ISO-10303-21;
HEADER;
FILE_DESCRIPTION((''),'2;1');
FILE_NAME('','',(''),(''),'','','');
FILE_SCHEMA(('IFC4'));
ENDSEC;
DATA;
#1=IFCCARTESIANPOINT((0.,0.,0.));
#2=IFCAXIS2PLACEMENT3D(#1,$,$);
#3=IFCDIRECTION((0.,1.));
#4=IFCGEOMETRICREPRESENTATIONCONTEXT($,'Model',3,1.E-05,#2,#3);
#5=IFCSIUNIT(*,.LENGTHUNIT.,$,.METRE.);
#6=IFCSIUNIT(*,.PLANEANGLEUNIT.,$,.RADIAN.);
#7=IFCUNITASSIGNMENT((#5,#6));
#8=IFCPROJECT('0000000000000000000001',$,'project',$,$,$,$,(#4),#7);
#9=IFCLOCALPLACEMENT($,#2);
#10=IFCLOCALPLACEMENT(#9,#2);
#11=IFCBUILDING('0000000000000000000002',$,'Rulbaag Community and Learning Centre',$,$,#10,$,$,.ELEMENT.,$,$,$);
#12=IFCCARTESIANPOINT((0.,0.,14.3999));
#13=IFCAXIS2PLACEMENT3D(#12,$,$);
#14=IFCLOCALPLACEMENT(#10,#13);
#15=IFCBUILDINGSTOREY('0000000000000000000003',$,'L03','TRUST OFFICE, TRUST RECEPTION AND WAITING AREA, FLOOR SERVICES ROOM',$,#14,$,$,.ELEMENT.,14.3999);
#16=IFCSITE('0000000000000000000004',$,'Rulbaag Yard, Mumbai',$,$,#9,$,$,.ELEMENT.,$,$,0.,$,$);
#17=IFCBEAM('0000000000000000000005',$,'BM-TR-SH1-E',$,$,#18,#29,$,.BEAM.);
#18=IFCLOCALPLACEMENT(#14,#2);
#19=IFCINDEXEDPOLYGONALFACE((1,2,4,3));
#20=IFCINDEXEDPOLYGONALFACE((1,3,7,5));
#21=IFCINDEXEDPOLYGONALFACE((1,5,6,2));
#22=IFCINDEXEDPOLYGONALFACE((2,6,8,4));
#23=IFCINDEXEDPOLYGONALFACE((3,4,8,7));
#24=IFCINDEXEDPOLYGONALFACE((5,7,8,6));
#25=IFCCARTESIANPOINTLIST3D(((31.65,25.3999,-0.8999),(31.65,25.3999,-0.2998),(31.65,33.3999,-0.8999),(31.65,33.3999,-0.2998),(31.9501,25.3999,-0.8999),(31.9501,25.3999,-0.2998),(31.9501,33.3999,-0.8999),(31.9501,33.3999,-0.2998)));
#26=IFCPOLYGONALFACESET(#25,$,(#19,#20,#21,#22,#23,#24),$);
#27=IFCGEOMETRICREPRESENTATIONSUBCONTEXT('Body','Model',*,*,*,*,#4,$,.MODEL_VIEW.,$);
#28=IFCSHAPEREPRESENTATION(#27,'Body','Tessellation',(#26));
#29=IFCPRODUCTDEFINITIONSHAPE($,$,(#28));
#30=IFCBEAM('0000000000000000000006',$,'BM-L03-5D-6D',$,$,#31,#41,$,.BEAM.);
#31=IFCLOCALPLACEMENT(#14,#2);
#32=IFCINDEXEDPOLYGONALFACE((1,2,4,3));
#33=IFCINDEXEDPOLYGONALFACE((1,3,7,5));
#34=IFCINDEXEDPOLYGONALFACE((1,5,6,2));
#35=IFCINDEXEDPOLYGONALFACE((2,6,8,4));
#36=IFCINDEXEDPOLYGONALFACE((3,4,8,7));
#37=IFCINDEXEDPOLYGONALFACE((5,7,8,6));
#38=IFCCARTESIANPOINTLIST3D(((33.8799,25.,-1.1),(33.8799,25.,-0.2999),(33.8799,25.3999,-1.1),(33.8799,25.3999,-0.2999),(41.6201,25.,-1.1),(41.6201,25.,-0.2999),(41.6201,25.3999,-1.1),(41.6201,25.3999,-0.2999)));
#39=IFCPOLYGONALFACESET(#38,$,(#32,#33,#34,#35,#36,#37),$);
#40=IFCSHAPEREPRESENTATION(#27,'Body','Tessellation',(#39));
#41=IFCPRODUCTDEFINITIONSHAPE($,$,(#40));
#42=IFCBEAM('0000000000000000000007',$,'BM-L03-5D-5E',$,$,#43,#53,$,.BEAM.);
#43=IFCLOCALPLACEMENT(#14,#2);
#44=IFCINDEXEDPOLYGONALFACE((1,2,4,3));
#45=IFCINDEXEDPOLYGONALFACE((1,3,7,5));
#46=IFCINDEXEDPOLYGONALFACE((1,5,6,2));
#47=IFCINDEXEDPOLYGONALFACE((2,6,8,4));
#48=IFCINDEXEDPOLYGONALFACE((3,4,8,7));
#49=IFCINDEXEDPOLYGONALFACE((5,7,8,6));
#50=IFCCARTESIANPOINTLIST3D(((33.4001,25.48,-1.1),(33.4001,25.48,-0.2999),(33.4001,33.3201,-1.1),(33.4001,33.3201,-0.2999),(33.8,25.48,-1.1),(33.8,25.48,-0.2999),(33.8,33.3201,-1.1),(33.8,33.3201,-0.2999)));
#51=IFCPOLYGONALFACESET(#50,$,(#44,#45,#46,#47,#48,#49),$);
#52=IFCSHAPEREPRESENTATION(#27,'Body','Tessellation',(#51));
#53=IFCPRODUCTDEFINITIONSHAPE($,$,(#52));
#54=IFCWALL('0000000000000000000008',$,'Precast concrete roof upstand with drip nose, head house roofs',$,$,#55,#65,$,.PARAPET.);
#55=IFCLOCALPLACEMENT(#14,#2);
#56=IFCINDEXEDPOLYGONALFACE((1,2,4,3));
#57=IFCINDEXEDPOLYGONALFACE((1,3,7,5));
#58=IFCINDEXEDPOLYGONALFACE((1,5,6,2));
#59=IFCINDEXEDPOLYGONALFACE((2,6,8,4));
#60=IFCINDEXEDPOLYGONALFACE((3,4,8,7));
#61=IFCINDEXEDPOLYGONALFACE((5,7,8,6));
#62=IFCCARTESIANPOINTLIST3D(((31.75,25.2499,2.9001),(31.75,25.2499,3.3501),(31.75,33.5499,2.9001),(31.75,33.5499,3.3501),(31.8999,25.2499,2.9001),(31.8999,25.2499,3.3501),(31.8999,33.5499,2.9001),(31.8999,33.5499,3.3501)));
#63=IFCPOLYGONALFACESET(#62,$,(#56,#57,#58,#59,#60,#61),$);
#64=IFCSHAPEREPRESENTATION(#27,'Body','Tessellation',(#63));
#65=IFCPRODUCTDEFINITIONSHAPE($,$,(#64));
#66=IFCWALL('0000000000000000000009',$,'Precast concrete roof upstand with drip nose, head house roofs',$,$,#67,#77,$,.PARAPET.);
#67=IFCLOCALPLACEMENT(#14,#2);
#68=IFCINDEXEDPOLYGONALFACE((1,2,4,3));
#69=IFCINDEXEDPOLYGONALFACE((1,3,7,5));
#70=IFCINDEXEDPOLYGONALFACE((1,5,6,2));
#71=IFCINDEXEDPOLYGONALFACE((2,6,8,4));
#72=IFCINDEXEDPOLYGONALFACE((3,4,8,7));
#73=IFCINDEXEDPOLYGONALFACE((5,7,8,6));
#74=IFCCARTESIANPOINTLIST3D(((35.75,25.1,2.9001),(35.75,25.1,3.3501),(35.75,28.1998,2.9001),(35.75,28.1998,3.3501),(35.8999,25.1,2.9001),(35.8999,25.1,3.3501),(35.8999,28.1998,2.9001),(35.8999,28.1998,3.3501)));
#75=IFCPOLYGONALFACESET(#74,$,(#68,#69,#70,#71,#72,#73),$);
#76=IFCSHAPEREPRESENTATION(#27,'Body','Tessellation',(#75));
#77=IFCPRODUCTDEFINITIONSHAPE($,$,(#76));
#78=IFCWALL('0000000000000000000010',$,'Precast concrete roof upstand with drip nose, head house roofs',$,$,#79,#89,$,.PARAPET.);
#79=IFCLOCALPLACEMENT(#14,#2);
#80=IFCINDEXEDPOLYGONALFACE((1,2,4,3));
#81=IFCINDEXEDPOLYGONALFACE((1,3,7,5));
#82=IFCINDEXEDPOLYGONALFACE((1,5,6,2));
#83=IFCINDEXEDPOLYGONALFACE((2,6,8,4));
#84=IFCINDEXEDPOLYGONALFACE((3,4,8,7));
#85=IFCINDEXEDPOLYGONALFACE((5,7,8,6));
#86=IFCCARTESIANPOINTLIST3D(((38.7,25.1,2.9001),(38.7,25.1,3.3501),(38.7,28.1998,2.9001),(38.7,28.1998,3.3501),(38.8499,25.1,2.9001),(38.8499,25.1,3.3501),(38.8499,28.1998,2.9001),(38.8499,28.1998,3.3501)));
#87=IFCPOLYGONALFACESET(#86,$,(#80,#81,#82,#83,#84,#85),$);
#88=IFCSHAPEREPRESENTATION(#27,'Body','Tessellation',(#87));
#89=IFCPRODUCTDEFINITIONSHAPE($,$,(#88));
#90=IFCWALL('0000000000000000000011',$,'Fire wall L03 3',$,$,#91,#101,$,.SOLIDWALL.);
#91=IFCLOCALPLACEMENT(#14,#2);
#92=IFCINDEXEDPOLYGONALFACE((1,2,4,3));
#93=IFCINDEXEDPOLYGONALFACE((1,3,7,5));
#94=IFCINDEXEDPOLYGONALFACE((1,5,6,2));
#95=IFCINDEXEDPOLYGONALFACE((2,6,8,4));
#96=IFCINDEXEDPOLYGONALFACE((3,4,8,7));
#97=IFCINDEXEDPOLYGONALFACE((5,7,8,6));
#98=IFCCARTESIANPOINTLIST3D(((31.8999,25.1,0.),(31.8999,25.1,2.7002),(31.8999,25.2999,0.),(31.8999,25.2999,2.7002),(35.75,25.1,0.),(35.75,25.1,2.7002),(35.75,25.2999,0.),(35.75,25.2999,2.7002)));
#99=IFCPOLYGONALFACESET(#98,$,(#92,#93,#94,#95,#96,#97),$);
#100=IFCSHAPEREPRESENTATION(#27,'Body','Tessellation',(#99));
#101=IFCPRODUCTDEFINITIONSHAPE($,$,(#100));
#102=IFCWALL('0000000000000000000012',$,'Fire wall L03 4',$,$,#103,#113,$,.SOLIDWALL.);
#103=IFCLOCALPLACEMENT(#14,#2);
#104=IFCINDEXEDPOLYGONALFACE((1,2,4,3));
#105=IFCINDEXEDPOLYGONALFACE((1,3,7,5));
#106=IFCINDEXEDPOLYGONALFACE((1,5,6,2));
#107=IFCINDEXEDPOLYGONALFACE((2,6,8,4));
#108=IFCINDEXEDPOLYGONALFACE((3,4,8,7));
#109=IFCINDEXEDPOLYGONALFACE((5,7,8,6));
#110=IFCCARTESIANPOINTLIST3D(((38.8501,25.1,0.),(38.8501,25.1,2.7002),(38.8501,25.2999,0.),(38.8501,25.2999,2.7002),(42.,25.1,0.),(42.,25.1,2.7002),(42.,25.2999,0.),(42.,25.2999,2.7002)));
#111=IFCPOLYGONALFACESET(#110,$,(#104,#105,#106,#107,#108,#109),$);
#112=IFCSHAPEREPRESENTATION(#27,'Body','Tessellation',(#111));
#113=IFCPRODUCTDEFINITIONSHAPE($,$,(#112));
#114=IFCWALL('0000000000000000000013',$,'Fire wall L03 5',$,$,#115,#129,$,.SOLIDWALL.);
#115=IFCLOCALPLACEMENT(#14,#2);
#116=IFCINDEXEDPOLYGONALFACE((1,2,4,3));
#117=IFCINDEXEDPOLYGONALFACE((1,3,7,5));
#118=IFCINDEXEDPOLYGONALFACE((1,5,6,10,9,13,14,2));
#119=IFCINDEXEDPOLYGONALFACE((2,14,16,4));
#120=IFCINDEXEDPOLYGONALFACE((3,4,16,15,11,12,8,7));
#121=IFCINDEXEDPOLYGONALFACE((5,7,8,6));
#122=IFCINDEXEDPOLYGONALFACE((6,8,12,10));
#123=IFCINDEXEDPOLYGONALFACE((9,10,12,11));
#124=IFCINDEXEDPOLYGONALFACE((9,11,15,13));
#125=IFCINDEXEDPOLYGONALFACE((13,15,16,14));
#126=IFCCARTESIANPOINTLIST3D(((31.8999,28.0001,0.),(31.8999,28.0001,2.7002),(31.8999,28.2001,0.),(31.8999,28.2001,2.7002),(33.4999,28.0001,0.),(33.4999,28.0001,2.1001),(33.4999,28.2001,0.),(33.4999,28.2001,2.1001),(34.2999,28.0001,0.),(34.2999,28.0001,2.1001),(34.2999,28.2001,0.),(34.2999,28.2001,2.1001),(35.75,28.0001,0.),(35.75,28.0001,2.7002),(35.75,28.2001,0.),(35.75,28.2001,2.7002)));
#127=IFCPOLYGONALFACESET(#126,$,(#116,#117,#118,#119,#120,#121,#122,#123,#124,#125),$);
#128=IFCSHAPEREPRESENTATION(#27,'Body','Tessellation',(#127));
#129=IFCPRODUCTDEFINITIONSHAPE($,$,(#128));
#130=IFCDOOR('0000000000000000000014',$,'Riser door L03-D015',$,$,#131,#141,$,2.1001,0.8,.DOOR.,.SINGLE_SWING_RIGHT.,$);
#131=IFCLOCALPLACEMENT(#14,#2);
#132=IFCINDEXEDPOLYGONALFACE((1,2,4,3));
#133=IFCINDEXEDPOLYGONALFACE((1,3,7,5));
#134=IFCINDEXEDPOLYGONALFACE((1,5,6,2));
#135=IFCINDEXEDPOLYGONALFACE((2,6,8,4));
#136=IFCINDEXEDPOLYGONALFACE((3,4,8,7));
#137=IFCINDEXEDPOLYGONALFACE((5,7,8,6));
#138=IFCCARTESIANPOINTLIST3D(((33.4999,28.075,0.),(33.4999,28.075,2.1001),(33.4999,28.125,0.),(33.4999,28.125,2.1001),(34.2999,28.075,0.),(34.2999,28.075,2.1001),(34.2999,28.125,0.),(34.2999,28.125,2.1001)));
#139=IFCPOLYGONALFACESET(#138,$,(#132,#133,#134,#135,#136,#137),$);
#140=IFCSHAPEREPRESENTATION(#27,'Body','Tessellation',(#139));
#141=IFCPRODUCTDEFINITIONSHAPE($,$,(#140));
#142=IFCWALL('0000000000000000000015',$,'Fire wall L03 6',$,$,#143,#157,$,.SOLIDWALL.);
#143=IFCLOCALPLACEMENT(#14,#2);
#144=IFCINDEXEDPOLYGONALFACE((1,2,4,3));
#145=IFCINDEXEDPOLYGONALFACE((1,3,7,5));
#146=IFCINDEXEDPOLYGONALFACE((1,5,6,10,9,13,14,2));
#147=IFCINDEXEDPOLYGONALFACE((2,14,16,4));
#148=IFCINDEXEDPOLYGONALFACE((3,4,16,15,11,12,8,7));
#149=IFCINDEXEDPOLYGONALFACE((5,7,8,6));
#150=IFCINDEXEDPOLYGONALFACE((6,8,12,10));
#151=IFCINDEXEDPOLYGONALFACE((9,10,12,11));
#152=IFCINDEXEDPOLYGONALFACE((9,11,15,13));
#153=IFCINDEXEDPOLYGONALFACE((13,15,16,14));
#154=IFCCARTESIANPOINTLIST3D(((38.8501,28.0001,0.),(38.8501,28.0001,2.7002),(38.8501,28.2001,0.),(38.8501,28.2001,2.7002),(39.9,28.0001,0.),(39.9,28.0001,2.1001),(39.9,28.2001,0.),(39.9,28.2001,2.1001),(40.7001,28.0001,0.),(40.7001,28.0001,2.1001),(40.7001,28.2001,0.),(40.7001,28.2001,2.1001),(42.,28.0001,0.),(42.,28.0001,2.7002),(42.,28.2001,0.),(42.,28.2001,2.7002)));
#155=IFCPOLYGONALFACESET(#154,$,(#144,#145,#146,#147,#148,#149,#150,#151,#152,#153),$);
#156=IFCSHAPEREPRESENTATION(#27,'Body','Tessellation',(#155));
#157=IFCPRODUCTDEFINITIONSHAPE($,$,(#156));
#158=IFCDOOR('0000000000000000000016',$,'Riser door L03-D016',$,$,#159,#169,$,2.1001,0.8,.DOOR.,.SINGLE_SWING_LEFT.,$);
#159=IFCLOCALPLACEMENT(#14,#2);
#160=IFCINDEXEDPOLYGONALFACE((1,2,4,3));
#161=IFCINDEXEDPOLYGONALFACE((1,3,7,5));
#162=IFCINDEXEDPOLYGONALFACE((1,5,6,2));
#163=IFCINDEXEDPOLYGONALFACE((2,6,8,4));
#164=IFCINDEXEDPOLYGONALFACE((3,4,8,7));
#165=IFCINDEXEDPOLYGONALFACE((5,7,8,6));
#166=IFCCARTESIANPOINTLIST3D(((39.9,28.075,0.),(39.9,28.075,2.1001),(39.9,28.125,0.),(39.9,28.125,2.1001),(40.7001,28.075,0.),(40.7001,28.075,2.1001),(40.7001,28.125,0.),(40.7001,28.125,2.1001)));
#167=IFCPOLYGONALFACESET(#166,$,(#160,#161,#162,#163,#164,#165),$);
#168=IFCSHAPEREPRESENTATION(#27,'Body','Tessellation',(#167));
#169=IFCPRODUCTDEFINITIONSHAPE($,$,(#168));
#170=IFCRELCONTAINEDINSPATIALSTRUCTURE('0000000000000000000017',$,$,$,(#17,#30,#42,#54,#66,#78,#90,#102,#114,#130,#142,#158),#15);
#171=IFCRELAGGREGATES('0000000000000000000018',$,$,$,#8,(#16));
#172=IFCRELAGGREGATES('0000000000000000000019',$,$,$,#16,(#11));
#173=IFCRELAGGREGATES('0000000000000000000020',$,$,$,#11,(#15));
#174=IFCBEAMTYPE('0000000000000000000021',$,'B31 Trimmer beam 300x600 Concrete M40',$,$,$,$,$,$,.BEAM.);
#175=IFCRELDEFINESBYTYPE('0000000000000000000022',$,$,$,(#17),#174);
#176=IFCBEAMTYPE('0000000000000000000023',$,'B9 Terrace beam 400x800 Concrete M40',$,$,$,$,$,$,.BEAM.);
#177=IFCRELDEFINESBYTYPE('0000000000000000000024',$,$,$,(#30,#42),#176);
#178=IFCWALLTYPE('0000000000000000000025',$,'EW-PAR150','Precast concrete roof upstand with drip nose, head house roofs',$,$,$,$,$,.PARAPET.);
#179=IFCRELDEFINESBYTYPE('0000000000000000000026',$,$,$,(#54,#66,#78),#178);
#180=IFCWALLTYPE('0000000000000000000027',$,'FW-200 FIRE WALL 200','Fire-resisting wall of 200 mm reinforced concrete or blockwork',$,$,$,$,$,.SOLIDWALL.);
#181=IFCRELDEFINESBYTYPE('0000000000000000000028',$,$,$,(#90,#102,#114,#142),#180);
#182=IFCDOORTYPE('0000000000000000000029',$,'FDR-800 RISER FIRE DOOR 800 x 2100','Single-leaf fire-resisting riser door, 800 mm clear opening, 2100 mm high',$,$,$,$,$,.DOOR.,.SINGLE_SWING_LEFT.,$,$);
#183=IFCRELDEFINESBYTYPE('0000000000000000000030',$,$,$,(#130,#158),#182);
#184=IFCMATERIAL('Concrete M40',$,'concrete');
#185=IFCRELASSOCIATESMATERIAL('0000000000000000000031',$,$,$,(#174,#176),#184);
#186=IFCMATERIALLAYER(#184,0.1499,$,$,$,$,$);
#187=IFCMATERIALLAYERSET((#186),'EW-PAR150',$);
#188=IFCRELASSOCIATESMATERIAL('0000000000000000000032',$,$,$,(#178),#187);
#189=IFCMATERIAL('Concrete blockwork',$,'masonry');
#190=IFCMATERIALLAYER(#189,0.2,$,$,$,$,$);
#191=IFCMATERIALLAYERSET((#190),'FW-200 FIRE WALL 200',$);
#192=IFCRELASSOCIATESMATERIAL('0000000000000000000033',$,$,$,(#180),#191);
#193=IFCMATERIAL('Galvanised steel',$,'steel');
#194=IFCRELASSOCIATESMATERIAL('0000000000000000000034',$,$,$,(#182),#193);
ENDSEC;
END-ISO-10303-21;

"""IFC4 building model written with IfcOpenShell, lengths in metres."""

from ifc_helpers import new_model, si_unit, direction, frame, frame_2d, origin, origin_2d, place, context, subcontext, project, spatial, rectangle, extrude, material, layer, layer_set, material_profile, profile_set, type_object, element, fill, save


model = new_model("IFC4")

# Units and contexts
model_context = context("Model", 3, precision=1e-05, world=origin(), true_north=direction((0.0, 1.0)))
body_context = subcontext(model_context, "Body", "Model", "MODEL_VIEW")
ifc_project = project(units=[si_unit("LENGTHUNIT", "METRE"), si_unit("PLANEANGLEUNIT", "RADIAN")], contexts=[model_context])

# Site, building, storey
site_placement = place(None, origin())
site = spatial("IfcSite", under=ifc_project, at=site_placement, Name="Rulbaag Yard, Mumbai", CompositionType="ELEMENT", RefElevation=0.0)
building_placement = place(site_placement, origin())
building = spatial("IfcBuilding", under=site, at=building_placement, Name="Rulbaag Community and Learning Centre", CompositionType="ELEMENT")
storey_placement = place(building_placement, frame((0.0, 0.0, 14.3999)))
storey = spatial("IfcBuildingStorey", under=building, at=storey_placement, Name="L03", Description="TRUST OFFICE, TRUST RECEPTION AND WAITING AREA, FLOOR SERVICES ROOM", CompositionType="ELEMENT", Elevation=14.3999)

# Beams
ifc_material_1 = material(Name="Concrete M40", Category="concrete")
ifc_material_profile_1 = material_profile(ifc_material_1, rectangle(XDim=0.3, YDim=0.6001, at=origin_2d()), Name="RB300x600")
ifc_profile_set_1 = profile_set([ifc_material_profile_1], Name="Concrete M40")
beam_type_1 = type_object("IfcBeamType", Name="B31 Trimmer beam 300x600 Concrete M40", PredefinedType="BEAM", material=ifc_profile_set_1)
beam_1_placement = place(storey_placement, frame((31.8, 25.3999, -0.5999), z_axis=(0.0, 1.0, 0.0), x_axis=(-1.0, 0.0, 0.0)))
element("IfcBeam", 1, at=beam_1_placement, inside=storey, type_object=beam_type_1, Name="BM-TR-SH1-E", PredefinedType="BEAM", context=body_context, shape_type="SweptSolid", body=[
    extrude(rectangle(XDim=0.3, YDim=0.6001, at=origin_2d()), origin(), (0.0, 0.0, 1.0), 8.0),
])
ifc_material_profile_2 = material_profile(ifc_material_1, rectangle(XDim=0.3999, YDim=0.8, at=origin_2d()), Name="RB400x800")
ifc_profile_set_2 = profile_set([ifc_material_profile_2], Name="Concrete M40")
beam_type_2 = type_object("IfcBeamType", Name="B9 Terrace beam 400x800 Concrete M40", PredefinedType="BEAM", material=ifc_profile_set_2)
beam_2_placement = place(storey_placement, frame((33.8799, 25.2, -0.7), z_axis=(1.0, 0.0, 0.0), x_axis=(0.0, 1.0, 0.0)))
element("IfcBeam", 2, at=beam_2_placement, inside=storey, type_object=beam_type_2, Name="BM-L03-5D-6D", PredefinedType="BEAM", context=body_context, shape_type="SweptSolid", body=[
    extrude(rectangle(XDim=0.3999, YDim=0.8, at=origin_2d()), origin(), (0.0, 0.0, 1.0), 7.7402),
])
beam_3_placement = place(storey_placement, frame((33.6001, 25.48, -0.7), z_axis=(0.0, 1.0, 0.0), x_axis=(-1.0, 0.0, 0.0)))
element("IfcBeam", 3, at=beam_3_placement, inside=storey, type_object=beam_type_2, Name="BM-L03-5D-5E", PredefinedType="BEAM", context=body_context, shape_type="SweptSolid", body=[
    extrude(rectangle(XDim=0.3999, YDim=0.8, at=origin_2d()), origin(), (0.0, 0.0, 1.0), 7.8401),
])

# Walls
ifc_layer_1 = layer(ifc_material_1, 0.1499)
ifc_layer_set_1 = layer_set([ifc_layer_1], Name="EW-PAR150")
wall_type_1 = type_object("IfcWallType", Name="EW-PAR150", Description="Precast concrete roof upstand with drip nose, head house roofs", PredefinedType="PARAPET", material=ifc_layer_set_1)
wall_1_placement = place(storey_placement, frame((31.825, 25.25, 2.9001), z_axis=(0.0, 0.0, 1.0), x_axis=(0.0, 1.0, 0.0)))
element("IfcWall", 4, at=wall_1_placement, inside=storey, type_object=wall_type_1, Name="Precast concrete roof upstand with drip nose, head house roofs", PredefinedType="PARAPET", context=body_context, shape_type="SweptSolid", body=[
    extrude(rectangle(XDim=8.3, YDim=0.1499, at=frame_2d((4.1499, 0.0))), origin(), (0.0, 0.0, 1.0), 0.45),
])
for number, where, z_axis, x_axis, name in (
    (5, (35.825, 25.1001, 2.9001), (0.0, 0.0, 1.0), (0.0, 1.0, 0.0), "Precast concrete roof upstand with drip nose, head house roofs"),
    (6, (38.7749, 25.1001, 2.9001), (0.0, 0.0, 1.0), (0.0, 1.0, 0.0), "Precast concrete roof upstand with drip nose, head house roofs"),
):
    element("IfcWall", number, at=place(storey_placement, frame(where, z_axis=z_axis, x_axis=x_axis)), inside=storey, type_object=wall_type_1, Name=name, PredefinedType="PARAPET", context=body_context, shape_type="SweptSolid", body=[
        extrude(rectangle(XDim=3.0999, YDim=0.1499, at=frame_2d((1.5498, 0.0))), origin(), (0.0, 0.0, 1.0), 0.45),
    ])
ifc_material_2 = material(Name="Concrete blockwork", Category="masonry")
ifc_layer_2 = layer(ifc_material_2, 0.2)
ifc_layer_set_2 = layer_set([ifc_layer_2], Name="FW-200 FIRE WALL 200")
wall_type_2 = type_object("IfcWallType", Name="FW-200 FIRE WALL 200", Description="Fire-resisting wall of 200 mm reinforced concrete or blockwork", PredefinedType="SOLIDWALL", material=ifc_layer_set_2)
wall_2_placement = place(storey_placement, frame((31.8999, 25.2, 0.0), z_axis=(0.0, 0.0, 1.0), x_axis=(1.0, 0.0, 0.0)))
element("IfcWall", 7, at=wall_2_placement, inside=storey, type_object=wall_type_2, Name="Fire wall L03 3", PredefinedType="SOLIDWALL", context=body_context, shape_type="SweptSolid", body=[
    extrude(rectangle(XDim=3.8501, YDim=0.2, at=frame_2d((1.925, 0.0))), origin(), (0.0, 0.0, 1.0), 2.7002),
])
wall_3_placement = place(storey_placement, frame((38.8501, 25.2, 0.0), z_axis=(0.0, 0.0, 1.0), x_axis=(1.0, 0.0, 0.0)))
element("IfcWall", 8, at=wall_3_placement, inside=storey, type_object=wall_type_2, Name="Fire wall L03 4", PredefinedType="SOLIDWALL", context=body_context, shape_type="SweptSolid", body=[
    extrude(rectangle(XDim=3.1499, YDim=0.2, at=frame_2d((1.575, 0.0))), origin(), (0.0, 0.0, 1.0), 2.7002),
])

# Walls, openings, doors
wall_4_placement = place(storey_placement, frame((31.8999, 28.1001, 0.0), z_axis=(0.0, 0.0, 1.0), x_axis=(1.0, 0.0, 0.0)))
wall_4 = element("IfcWall", 9, at=wall_4_placement, inside=storey, type_object=wall_type_2, Name="Fire wall L03 5", PredefinedType="SOLIDWALL", context=body_context, shape_type="SweptSolid", body=[
    extrude(rectangle(XDim=3.8501, YDim=0.2, at=frame_2d((1.925, 0.0))), origin(), (0.0, 0.0, 1.0), 2.7002),
])
opening_1_placement = place(wall_4_placement, frame((1.6001, 0.0, 0.0)))
opening_1 = element("IfcOpeningElement", 10, at=opening_1_placement, cuts=wall_4, PredefinedType="OPENING", context=body_context, shape_type="SweptSolid", body=[
    extrude(rectangle(XDim=0.8, YDim=2.1001, at=frame_2d((0.3999, 1.05))), frame((0.0, 0.1099, 0.0), z_axis=(0.0, -1.0, 0.0), x_axis=(1.0, 0.0, 0.0)), (0.0, 0.0, 1.0), 0.22),
])
ifc_material_3 = material(Name="Galvanised steel", Category="steel")
door_type_1 = type_object("IfcDoorType", Name="FDR-800 RISER FIRE DOOR 800 x 2100", Description="Single-leaf fire-resisting riser door, 800 mm clear opening, 2100 mm high", OperationType="SINGLE_SWING_LEFT", PredefinedType="DOOR", material=ifc_material_3)
door_1_placement = place(opening_1_placement, origin())
door_1 = element("IfcDoor", 11, at=door_1_placement, inside=storey, type_object=door_type_1, Name="Riser door L03-D015", OperationType="SINGLE_SWING_RIGHT", OverallHeight=2.1001, OverallWidth=0.8, PredefinedType="DOOR", context=body_context, shape_type="SweptSolid", body=[
    extrude(rectangle(XDim=0.8, YDim=2.1001, at=frame_2d((0.3999, 1.05))), frame((0.0, 0.0249, 0.0), z_axis=(0.0, -1.0, 0.0), x_axis=(1.0, 0.0, 0.0)), (0.0, 0.0, 1.0), 0.05),
])
fill(opening_1, door_1)
wall_5_placement = place(storey_placement, frame((38.8501, 28.1001, 0.0), z_axis=(0.0, 0.0, 1.0), x_axis=(1.0, 0.0, 0.0)))
wall_5 = element("IfcWall", 12, at=wall_5_placement, inside=storey, type_object=wall_type_2, Name="Fire wall L03 6", PredefinedType="SOLIDWALL", context=body_context, shape_type="SweptSolid", body=[
    extrude(rectangle(XDim=3.1499, YDim=0.2, at=frame_2d((1.575, 0.0))), origin(), (0.0, 0.0, 1.0), 2.7002),
])
opening_2_placement = place(wall_5_placement, frame((1.05, 0.0, 0.0)))
opening_2 = element("IfcOpeningElement", 13, at=opening_2_placement, cuts=wall_5, PredefinedType="OPENING", context=body_context, shape_type="SweptSolid", body=[
    extrude(rectangle(XDim=0.8, YDim=2.1001, at=frame_2d((0.3999, 1.05))), frame((0.0, 0.1099, 0.0), z_axis=(0.0, -1.0, 0.0), x_axis=(1.0, 0.0, 0.0)), (0.0, 0.0, 1.0), 0.22),
])
door_2_placement = place(opening_2_placement, origin())
door_2 = element("IfcDoor", 14, at=door_2_placement, inside=storey, type_object=door_type_1, Name="Riser door L03-D016", OperationType="SINGLE_SWING_LEFT", OverallHeight=2.1001, OverallWidth=0.8, PredefinedType="DOOR", context=body_context, shape_type="SweptSolid", body=[
    extrude(rectangle(XDim=0.8, YDim=2.1001, at=frame_2d((0.3999, 1.05))), frame((0.0, 0.0249, 0.0), z_axis=(0.0, -1.0, 0.0), x_axis=(1.0, 0.0, 0.0)), (0.0, 0.0, 1.0), 0.05),
])
fill(opening_2, door_2)

save(model, "model.ifc")
